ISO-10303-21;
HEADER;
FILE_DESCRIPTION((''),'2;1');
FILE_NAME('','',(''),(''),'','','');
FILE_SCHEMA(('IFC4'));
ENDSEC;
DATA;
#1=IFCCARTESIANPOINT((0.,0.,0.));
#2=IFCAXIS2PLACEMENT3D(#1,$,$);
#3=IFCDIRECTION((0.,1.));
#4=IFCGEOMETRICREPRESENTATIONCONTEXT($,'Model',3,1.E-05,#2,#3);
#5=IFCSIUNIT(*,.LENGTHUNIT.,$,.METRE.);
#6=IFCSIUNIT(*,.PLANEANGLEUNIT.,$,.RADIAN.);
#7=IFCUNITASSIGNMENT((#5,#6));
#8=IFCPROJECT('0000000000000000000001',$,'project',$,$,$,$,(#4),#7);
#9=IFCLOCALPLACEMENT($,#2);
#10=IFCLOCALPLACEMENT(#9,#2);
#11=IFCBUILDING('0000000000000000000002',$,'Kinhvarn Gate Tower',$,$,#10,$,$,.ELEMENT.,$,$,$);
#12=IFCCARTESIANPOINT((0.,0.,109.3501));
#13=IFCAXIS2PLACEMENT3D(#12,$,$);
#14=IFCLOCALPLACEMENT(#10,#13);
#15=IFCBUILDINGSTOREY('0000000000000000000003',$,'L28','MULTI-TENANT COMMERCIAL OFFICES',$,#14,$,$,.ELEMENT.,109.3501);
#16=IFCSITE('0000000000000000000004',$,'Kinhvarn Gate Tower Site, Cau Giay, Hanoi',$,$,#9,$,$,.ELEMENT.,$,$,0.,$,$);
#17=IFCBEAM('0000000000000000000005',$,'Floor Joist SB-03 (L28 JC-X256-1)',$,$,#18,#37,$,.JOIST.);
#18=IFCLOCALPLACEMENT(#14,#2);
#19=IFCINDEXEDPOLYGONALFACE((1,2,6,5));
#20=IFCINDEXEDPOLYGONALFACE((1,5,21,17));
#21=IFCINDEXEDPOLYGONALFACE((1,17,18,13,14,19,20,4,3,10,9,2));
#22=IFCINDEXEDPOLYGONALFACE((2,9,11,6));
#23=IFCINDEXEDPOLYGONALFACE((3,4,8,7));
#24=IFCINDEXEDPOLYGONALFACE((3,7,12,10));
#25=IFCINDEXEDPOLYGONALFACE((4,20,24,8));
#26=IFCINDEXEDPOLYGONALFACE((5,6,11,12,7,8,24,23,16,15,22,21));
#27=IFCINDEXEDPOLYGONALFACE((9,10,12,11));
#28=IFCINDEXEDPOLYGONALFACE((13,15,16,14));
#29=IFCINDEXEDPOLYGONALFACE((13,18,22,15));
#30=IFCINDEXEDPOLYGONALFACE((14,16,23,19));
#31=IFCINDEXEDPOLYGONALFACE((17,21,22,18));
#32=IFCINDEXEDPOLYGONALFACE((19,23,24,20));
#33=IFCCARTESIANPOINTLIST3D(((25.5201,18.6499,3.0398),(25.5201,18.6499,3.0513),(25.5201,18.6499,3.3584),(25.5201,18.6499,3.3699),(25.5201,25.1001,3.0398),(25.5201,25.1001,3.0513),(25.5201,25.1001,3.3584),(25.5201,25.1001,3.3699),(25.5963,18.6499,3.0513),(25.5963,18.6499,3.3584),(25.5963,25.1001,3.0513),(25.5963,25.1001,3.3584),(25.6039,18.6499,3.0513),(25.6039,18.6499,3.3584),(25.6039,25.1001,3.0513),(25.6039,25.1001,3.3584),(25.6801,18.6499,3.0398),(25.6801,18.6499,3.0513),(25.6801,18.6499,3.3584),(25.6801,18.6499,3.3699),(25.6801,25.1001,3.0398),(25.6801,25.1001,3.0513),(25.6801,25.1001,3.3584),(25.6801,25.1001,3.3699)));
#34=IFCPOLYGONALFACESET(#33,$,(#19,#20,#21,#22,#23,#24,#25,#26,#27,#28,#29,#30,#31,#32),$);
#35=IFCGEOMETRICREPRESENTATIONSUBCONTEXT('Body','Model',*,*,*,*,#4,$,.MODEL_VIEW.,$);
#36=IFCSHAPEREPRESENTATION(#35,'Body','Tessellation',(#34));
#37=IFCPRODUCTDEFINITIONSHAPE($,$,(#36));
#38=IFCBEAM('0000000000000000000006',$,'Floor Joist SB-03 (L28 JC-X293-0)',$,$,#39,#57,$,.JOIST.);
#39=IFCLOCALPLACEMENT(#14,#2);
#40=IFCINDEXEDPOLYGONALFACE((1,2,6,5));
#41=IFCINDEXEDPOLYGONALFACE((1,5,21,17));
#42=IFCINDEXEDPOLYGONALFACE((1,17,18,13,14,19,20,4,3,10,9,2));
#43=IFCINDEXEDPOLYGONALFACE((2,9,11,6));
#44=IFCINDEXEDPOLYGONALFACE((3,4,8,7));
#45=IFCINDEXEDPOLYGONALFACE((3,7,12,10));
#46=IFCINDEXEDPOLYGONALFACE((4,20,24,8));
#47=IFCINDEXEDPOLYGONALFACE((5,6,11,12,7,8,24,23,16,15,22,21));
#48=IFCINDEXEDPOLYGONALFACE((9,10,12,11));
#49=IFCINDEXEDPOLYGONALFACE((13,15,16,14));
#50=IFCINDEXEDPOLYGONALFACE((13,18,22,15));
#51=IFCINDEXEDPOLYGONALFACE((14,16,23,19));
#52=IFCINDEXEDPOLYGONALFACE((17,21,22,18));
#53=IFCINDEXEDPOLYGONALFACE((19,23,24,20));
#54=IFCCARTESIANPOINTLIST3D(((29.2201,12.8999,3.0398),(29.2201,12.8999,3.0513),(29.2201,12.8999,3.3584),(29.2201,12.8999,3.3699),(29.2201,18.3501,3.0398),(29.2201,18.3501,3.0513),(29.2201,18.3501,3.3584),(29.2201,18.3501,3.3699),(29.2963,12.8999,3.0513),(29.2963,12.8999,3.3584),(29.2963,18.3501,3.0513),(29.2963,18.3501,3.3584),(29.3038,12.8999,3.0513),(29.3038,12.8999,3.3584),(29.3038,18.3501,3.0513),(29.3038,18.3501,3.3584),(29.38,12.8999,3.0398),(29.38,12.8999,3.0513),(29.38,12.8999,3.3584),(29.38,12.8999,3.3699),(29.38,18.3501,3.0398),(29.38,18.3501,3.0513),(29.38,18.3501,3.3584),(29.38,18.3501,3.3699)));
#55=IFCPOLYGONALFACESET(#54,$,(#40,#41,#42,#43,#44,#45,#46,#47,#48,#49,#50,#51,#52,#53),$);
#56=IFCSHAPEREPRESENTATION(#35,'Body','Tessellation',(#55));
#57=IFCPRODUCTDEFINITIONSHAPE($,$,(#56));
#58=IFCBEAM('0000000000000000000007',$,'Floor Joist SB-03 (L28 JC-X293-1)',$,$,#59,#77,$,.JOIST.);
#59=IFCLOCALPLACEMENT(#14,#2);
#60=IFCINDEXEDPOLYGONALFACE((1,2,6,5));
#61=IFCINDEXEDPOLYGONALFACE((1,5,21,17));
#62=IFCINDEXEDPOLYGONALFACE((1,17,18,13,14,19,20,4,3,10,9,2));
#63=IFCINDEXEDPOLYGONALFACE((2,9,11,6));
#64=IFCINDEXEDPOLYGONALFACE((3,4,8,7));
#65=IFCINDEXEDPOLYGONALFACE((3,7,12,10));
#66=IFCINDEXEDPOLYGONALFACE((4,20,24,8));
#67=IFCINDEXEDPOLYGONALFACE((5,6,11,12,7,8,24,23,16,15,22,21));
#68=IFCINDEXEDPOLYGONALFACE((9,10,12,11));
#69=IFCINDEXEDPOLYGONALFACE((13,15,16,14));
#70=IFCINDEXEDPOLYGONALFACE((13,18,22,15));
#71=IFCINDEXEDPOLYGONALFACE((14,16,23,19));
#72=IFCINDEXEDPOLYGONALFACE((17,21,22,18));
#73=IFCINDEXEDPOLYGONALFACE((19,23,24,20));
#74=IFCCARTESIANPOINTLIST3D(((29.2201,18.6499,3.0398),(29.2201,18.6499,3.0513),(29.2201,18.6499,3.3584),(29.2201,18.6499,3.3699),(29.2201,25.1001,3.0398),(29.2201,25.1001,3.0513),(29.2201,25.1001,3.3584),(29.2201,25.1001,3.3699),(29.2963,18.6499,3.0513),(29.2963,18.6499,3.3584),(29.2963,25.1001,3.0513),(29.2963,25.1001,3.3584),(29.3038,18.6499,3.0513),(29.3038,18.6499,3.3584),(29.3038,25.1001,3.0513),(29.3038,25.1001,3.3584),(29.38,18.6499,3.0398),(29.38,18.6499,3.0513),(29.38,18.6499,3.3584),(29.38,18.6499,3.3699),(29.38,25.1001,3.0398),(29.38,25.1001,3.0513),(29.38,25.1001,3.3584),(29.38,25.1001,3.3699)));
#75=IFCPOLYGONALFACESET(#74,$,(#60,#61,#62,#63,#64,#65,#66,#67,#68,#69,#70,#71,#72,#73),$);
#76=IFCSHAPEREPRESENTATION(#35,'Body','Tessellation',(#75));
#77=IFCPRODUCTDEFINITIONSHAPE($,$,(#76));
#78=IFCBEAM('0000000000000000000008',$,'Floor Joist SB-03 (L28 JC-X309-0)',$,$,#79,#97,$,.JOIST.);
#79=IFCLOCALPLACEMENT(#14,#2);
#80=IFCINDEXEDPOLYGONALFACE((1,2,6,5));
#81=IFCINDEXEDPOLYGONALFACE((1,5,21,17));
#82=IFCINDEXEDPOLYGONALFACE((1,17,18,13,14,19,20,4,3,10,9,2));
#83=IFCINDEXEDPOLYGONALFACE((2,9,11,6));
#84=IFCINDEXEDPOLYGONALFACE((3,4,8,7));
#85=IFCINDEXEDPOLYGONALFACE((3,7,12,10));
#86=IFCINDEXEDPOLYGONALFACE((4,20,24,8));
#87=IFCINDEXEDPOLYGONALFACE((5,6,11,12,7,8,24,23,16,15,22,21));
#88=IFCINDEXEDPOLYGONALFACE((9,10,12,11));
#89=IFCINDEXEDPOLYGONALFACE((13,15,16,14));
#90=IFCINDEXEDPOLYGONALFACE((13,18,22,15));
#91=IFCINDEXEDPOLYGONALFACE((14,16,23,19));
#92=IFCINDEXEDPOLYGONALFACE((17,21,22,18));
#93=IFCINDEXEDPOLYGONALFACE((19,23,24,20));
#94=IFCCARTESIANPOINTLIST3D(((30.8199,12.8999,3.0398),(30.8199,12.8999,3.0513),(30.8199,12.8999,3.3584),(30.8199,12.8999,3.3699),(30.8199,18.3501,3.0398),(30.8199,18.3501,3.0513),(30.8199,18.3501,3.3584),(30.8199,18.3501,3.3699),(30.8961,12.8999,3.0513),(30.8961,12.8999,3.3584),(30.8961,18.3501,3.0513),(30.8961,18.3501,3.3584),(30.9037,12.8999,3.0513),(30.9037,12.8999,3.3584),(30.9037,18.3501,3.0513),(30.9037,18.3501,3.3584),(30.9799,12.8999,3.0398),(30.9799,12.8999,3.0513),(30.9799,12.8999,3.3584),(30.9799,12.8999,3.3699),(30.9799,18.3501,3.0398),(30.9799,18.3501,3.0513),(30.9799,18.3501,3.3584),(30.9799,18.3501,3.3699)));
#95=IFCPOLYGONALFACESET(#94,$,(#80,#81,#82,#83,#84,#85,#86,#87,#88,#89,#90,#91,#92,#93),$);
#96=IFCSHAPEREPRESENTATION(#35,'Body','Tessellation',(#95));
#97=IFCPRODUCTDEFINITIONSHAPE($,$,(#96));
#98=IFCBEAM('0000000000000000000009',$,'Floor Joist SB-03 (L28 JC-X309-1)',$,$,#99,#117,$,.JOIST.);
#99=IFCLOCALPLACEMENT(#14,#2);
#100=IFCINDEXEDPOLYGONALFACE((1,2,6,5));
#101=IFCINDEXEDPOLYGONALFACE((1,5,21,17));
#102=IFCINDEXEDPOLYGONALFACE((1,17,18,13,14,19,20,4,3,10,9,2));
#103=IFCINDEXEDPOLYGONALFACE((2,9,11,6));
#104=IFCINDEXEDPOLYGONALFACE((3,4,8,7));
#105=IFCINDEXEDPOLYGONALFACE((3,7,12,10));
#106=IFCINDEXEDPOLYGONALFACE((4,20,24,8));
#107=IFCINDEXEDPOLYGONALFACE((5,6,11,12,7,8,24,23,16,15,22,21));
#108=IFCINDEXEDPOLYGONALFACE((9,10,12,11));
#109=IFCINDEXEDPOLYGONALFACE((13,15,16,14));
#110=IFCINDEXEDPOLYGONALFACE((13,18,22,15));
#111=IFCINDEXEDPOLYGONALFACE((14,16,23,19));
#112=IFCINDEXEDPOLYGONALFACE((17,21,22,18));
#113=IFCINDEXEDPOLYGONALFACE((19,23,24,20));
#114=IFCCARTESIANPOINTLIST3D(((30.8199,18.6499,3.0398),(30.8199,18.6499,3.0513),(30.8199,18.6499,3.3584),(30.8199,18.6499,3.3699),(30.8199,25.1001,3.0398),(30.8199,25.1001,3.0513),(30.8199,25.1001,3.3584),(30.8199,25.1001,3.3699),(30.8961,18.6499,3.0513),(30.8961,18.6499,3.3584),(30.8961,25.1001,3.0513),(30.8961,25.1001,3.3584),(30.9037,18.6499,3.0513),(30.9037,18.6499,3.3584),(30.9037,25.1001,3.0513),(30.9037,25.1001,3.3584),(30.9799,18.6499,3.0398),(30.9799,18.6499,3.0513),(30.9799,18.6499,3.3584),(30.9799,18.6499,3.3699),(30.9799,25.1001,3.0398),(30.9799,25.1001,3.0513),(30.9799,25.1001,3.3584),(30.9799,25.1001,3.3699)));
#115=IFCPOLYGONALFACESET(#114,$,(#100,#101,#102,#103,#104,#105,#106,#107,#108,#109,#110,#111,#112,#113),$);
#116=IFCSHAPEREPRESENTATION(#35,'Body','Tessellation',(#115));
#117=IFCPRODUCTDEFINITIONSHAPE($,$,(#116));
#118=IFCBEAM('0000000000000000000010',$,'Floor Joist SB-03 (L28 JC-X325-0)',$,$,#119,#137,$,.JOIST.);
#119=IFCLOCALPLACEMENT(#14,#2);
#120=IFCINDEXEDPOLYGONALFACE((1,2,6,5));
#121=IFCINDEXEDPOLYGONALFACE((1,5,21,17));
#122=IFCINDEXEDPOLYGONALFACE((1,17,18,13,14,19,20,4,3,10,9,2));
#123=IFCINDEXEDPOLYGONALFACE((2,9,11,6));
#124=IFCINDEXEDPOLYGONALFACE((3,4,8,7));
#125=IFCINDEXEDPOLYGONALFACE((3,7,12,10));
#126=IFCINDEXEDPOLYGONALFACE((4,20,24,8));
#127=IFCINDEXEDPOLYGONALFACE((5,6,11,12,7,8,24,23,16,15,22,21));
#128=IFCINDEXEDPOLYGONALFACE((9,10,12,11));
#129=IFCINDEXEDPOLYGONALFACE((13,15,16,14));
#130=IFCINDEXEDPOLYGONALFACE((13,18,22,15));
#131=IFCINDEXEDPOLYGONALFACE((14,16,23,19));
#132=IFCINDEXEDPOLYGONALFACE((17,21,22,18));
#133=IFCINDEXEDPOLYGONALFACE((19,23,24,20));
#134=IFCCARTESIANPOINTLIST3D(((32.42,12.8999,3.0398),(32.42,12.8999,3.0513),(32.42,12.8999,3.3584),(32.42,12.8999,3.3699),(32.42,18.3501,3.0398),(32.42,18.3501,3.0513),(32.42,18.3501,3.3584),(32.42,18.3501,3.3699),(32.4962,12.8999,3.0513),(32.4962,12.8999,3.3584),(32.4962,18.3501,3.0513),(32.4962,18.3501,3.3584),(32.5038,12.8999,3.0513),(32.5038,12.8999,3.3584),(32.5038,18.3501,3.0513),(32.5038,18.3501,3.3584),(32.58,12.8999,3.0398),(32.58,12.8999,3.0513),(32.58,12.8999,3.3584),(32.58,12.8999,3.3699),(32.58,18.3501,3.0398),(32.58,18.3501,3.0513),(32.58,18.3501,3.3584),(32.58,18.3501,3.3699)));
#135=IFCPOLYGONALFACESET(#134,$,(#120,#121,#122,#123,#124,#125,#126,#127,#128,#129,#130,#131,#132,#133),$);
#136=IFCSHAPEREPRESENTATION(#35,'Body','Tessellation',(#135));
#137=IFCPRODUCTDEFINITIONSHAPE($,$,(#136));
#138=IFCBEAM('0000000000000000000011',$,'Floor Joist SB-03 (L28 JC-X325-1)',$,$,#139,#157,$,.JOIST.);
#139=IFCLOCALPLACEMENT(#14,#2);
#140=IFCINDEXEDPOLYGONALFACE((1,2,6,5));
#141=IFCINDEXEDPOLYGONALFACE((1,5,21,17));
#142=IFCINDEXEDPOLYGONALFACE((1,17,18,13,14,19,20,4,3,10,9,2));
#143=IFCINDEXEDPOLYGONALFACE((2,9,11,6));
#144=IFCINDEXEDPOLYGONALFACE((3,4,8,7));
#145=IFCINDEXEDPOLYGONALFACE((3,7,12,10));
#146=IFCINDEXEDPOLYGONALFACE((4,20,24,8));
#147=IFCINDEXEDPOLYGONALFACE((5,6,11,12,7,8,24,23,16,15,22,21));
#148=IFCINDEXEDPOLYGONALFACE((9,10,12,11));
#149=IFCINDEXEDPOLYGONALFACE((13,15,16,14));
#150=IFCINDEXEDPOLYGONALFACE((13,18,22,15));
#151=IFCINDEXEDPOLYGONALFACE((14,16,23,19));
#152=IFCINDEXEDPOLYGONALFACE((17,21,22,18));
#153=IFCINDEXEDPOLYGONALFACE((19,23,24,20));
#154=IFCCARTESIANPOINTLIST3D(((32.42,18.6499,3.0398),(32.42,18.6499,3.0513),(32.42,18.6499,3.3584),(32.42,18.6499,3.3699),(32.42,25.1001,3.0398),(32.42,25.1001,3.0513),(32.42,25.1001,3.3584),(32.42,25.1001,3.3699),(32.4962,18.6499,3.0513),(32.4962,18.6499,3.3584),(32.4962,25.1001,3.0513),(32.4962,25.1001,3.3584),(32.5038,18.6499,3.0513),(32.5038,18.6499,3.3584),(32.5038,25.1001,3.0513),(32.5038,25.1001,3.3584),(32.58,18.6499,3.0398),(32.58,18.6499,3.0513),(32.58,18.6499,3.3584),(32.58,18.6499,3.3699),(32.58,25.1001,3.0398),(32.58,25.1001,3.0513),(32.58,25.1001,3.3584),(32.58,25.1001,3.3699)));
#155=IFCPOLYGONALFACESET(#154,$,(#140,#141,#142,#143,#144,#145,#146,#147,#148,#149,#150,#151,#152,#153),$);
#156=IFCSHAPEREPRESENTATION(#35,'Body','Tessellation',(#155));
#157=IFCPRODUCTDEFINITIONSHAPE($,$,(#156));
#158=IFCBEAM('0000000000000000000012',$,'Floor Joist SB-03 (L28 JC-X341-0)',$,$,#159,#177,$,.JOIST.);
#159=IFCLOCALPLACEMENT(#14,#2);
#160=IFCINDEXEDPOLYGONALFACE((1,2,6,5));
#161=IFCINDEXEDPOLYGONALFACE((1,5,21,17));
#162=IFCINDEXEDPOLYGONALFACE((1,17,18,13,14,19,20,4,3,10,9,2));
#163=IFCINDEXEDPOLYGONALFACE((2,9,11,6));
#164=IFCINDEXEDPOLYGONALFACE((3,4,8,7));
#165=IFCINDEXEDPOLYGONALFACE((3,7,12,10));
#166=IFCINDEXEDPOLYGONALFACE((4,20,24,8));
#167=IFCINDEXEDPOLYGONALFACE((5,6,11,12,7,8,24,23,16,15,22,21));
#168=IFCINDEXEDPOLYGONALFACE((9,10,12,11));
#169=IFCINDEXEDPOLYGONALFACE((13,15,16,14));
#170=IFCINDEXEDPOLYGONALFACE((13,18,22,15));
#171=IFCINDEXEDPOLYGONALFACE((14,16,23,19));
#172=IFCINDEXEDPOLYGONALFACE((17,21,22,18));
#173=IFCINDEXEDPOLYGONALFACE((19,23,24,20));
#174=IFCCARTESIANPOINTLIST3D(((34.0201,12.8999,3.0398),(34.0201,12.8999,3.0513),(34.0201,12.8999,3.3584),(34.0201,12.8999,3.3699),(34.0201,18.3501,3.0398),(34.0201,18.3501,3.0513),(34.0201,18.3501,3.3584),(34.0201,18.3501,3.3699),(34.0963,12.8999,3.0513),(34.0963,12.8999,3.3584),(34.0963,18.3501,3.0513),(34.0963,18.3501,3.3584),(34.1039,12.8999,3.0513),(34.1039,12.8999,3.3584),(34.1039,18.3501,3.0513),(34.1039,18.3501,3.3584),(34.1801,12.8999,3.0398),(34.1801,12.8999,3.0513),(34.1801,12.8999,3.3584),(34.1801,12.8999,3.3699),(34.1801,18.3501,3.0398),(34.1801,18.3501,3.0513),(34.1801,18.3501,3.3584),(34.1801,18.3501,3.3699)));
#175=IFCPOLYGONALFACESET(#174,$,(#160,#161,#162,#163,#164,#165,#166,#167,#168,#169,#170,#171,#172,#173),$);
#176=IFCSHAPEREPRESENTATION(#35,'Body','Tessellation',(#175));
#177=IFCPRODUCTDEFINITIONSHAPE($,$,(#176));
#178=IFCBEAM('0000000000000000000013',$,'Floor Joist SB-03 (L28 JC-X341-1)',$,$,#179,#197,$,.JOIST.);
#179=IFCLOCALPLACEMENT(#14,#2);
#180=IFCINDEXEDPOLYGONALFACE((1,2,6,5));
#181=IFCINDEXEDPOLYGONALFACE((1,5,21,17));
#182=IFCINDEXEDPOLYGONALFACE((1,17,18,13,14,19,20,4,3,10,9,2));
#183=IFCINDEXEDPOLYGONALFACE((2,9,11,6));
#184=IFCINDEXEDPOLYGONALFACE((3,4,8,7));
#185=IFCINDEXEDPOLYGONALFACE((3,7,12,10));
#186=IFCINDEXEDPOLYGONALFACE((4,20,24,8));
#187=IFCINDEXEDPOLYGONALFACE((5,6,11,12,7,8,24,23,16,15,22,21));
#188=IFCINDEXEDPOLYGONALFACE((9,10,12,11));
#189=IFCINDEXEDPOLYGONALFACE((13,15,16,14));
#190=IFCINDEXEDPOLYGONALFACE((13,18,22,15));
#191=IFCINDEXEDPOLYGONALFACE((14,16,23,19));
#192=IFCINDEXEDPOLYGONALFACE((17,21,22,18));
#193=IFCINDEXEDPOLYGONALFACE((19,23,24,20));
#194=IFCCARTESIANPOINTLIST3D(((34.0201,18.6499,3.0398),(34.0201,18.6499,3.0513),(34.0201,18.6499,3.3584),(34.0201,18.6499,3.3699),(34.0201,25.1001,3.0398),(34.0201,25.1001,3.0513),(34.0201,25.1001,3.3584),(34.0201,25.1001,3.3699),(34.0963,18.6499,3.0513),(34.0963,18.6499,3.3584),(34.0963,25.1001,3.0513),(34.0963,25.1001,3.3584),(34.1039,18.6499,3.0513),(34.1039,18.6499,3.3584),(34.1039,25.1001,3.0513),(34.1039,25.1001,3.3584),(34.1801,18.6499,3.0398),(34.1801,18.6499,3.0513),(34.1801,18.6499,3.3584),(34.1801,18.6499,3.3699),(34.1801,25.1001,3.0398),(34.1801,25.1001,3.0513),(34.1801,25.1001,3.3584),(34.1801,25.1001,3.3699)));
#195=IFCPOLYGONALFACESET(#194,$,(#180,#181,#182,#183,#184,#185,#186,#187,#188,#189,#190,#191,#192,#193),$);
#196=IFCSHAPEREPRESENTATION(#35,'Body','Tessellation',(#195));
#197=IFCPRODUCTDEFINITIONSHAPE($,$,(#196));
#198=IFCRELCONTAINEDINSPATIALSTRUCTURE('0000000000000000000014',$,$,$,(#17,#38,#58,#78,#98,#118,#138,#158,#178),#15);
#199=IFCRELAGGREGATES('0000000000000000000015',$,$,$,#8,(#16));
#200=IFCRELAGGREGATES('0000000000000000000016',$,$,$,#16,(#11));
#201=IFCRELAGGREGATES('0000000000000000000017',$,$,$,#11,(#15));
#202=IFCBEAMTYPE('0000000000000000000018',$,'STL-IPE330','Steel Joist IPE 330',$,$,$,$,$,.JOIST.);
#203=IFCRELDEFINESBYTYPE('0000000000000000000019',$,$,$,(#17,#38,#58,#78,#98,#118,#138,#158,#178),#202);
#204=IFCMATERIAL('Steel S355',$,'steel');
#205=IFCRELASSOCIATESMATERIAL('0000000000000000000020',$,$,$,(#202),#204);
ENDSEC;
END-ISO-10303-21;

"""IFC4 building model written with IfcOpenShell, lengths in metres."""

from ifc_helpers import new_model, si_unit, direction, frame, origin, origin_2d, place, context, subcontext, project, spatial, i_section, extrude, material, material_profile, profile_set, type_object, element, save


model = new_model("IFC4")

# Units and contexts
model_context = context("Model", 3, precision=1e-05, world=origin(), true_north=direction((0.0, 1.0)))
body_context = subcontext(model_context, "Body", "Model", "MODEL_VIEW")
ifc_project = project(units=[si_unit("LENGTHUNIT", "METRE"), si_unit("PLANEANGLEUNIT", "RADIAN")], contexts=[model_context])

# Site, building, storey
site_placement = place(None, origin())
site = spatial("IfcSite", under=ifc_project, at=site_placement, Name="Kinhvarn Gate Tower Site, Cau Giay, Hanoi", CompositionType="ELEMENT", RefElevation=0.0)
building_placement = place(site_placement, origin())
building = spatial("IfcBuilding", under=site, at=building_placement, Name="Kinhvarn Gate Tower", CompositionType="ELEMENT")
storey_placement = place(building_placement, frame((0.0, 0.0, 109.3501)))
storey = spatial("IfcBuildingStorey", under=building, at=storey_placement, Name="L28", Description="MULTI-TENANT COMMERCIAL OFFICES", CompositionType="ELEMENT", Elevation=109.3501)

# Beams
ifc_material_1 = material(Name="Steel S355", Category="steel")
ifc_material_profile_1 = material_profile(ifc_material_1, i_section(OverallWidth=0.1599, OverallDepth=0.3301, WebThickness=0.0076, FlangeThickness=0.0115, at=origin_2d()), Name="IPE 330")
ifc_profile_set_1 = profile_set([ifc_material_profile_1], Name="Steel S355")
beam_type_1 = type_object("IfcBeamType", Name="STL-IPE330", Description="Steel Joist IPE 330", PredefinedType="JOIST", material=ifc_profile_set_1)
beam_1_placement = place(storey_placement, frame((25.6001, 18.6499, 3.2048), z_axis=(0.0, 1.0, 0.0), x_axis=(-1.0, 0.0, 0.0)))
element("IfcBeam", 1, at=beam_1_placement, inside=storey, type_object=beam_type_1, Name="Floor Joist SB-03 (L28 JC-X256-1)", PredefinedType="JOIST", context=body_context, shape_type="SweptSolid", body=[
    extrude(i_section(OverallWidth=0.1599, OverallDepth=0.3301, WebThickness=0.0076, FlangeThickness=0.0115, at=origin_2d()), origin(), (0.0, 0.0, 1.0), 6.4502),
])
beam_2_placement = place(storey_placement, frame((29.3, 12.8999, 3.2048), z_axis=(0.0, 1.0, 0.0), x_axis=(-1.0, 0.0, 0.0)))
element("IfcBeam", 2, at=beam_2_placement, inside=storey, type_object=beam_type_1, Name="Floor Joist SB-03 (L28 JC-X293-0)", PredefinedType="JOIST", context=body_context, shape_type="SweptSolid", body=[
    extrude(i_section(OverallWidth=0.1599, OverallDepth=0.3301, WebThickness=0.0076, FlangeThickness=0.0115, at=origin_2d()), origin(), (0.0, 0.0, 1.0), 5.4502),
])
beam_3_placement = place(storey_placement, frame((29.3, 18.6499, 3.2048), z_axis=(0.0, 1.0, 0.0), x_axis=(-1.0, 0.0, 0.0)))
element("IfcBeam", 3, at=beam_3_placement, inside=storey, type_object=beam_type_1, Name="Floor Joist SB-03 (L28 JC-X293-1)", PredefinedType="JOIST", context=body_context, shape_type="SweptSolid", body=[
    extrude(i_section(OverallWidth=0.1599, OverallDepth=0.3301, WebThickness=0.0076, FlangeThickness=0.0115, at=origin_2d()), origin(), (0.0, 0.0, 1.0), 6.4502),
])
beam_4_placement = place(storey_placement, frame((30.8999, 12.8999, 3.2048), z_axis=(0.0, 1.0, 0.0), x_axis=(-1.0, 0.0, 0.0)))
element("IfcBeam", 4, at=beam_4_placement, inside=storey, type_object=beam_type_1, Name="Floor Joist SB-03 (L28 JC-X309-0)", PredefinedType="JOIST", context=body_context, shape_type="SweptSolid", body=[
    extrude(i_section(OverallWidth=0.1599, OverallDepth=0.3301, WebThickness=0.0076, FlangeThickness=0.0115, at=origin_2d()), origin(), (0.0, 0.0, 1.0), 5.4502),
])
beam_5_placement = place(storey_placement, frame((30.8999, 18.6499, 3.2048), z_axis=(0.0, 1.0, 0.0), x_axis=(-1.0, 0.0, 0.0)))
element("IfcBeam", 5, at=beam_5_placement, inside=storey, type_object=beam_type_1, Name="Floor Joist SB-03 (L28 JC-X309-1)", PredefinedType="JOIST", context=body_context, shape_type="SweptSolid", body=[
    extrude(i_section(OverallWidth=0.1599, OverallDepth=0.3301, WebThickness=0.0076, FlangeThickness=0.0115, at=origin_2d()), origin(), (0.0, 0.0, 1.0), 6.4502),
])
beam_6_placement = place(storey_placement, frame((32.5, 12.8999, 3.2048), z_axis=(0.0, 1.0, 0.0), x_axis=(-1.0, 0.0, 0.0)))
element("IfcBeam", 6, at=beam_6_placement, inside=storey, type_object=beam_type_1, Name="Floor Joist SB-03 (L28 JC-X325-0)", PredefinedType="JOIST", context=body_context, shape_type="SweptSolid", body=[
    extrude(i_section(OverallWidth=0.1599, OverallDepth=0.3301, WebThickness=0.0076, FlangeThickness=0.0115, at=origin_2d()), origin(), (0.0, 0.0, 1.0), 5.4502),
])
beam_7_placement = place(storey_placement, frame((32.5, 18.6499, 3.2048), z_axis=(0.0, 1.0, 0.0), x_axis=(-1.0, 0.0, 0.0)))
element("IfcBeam", 7, at=beam_7_placement, inside=storey, type_object=beam_type_1, Name="Floor Joist SB-03 (L28 JC-X325-1)", PredefinedType="JOIST", context=body_context, shape_type="SweptSolid", body=[
    extrude(i_section(OverallWidth=0.1599, OverallDepth=0.3301, WebThickness=0.0076, FlangeThickness=0.0115, at=origin_2d()), origin(), (0.0, 0.0, 1.0), 6.4502),
])
beam_8_placement = place(storey_placement, frame((34.1001, 12.8999, 3.2048), z_axis=(0.0, 1.0, 0.0), x_axis=(-1.0, 0.0, 0.0)))
element("IfcBeam", 8, at=beam_8_placement, inside=storey, type_object=beam_type_1, Name="Floor Joist SB-03 (L28 JC-X341-0)", PredefinedType="JOIST", context=body_context, shape_type="SweptSolid", body=[
    extrude(i_section(OverallWidth=0.1599, OverallDepth=0.3301, WebThickness=0.0076, FlangeThickness=0.0115, at=origin_2d()), origin(), (0.0, 0.0, 1.0), 5.4502),
])
beam_9_placement = place(storey_placement, frame((34.1001, 18.6499, 3.2048), z_axis=(0.0, 1.0, 0.0), x_axis=(-1.0, 0.0, 0.0)))
element("IfcBeam", 9, at=beam_9_placement, inside=storey, type_object=beam_type_1, Name="Floor Joist SB-03 (L28 JC-X341-1)", PredefinedType="JOIST", context=body_context, shape_type="SweptSolid", body=[
    extrude(i_section(OverallWidth=0.1599, OverallDepth=0.3301, WebThickness=0.0076, FlangeThickness=0.0115, at=origin_2d()), origin(), (0.0, 0.0, 1.0), 6.4502),
])

save(model, "model.ifc")
